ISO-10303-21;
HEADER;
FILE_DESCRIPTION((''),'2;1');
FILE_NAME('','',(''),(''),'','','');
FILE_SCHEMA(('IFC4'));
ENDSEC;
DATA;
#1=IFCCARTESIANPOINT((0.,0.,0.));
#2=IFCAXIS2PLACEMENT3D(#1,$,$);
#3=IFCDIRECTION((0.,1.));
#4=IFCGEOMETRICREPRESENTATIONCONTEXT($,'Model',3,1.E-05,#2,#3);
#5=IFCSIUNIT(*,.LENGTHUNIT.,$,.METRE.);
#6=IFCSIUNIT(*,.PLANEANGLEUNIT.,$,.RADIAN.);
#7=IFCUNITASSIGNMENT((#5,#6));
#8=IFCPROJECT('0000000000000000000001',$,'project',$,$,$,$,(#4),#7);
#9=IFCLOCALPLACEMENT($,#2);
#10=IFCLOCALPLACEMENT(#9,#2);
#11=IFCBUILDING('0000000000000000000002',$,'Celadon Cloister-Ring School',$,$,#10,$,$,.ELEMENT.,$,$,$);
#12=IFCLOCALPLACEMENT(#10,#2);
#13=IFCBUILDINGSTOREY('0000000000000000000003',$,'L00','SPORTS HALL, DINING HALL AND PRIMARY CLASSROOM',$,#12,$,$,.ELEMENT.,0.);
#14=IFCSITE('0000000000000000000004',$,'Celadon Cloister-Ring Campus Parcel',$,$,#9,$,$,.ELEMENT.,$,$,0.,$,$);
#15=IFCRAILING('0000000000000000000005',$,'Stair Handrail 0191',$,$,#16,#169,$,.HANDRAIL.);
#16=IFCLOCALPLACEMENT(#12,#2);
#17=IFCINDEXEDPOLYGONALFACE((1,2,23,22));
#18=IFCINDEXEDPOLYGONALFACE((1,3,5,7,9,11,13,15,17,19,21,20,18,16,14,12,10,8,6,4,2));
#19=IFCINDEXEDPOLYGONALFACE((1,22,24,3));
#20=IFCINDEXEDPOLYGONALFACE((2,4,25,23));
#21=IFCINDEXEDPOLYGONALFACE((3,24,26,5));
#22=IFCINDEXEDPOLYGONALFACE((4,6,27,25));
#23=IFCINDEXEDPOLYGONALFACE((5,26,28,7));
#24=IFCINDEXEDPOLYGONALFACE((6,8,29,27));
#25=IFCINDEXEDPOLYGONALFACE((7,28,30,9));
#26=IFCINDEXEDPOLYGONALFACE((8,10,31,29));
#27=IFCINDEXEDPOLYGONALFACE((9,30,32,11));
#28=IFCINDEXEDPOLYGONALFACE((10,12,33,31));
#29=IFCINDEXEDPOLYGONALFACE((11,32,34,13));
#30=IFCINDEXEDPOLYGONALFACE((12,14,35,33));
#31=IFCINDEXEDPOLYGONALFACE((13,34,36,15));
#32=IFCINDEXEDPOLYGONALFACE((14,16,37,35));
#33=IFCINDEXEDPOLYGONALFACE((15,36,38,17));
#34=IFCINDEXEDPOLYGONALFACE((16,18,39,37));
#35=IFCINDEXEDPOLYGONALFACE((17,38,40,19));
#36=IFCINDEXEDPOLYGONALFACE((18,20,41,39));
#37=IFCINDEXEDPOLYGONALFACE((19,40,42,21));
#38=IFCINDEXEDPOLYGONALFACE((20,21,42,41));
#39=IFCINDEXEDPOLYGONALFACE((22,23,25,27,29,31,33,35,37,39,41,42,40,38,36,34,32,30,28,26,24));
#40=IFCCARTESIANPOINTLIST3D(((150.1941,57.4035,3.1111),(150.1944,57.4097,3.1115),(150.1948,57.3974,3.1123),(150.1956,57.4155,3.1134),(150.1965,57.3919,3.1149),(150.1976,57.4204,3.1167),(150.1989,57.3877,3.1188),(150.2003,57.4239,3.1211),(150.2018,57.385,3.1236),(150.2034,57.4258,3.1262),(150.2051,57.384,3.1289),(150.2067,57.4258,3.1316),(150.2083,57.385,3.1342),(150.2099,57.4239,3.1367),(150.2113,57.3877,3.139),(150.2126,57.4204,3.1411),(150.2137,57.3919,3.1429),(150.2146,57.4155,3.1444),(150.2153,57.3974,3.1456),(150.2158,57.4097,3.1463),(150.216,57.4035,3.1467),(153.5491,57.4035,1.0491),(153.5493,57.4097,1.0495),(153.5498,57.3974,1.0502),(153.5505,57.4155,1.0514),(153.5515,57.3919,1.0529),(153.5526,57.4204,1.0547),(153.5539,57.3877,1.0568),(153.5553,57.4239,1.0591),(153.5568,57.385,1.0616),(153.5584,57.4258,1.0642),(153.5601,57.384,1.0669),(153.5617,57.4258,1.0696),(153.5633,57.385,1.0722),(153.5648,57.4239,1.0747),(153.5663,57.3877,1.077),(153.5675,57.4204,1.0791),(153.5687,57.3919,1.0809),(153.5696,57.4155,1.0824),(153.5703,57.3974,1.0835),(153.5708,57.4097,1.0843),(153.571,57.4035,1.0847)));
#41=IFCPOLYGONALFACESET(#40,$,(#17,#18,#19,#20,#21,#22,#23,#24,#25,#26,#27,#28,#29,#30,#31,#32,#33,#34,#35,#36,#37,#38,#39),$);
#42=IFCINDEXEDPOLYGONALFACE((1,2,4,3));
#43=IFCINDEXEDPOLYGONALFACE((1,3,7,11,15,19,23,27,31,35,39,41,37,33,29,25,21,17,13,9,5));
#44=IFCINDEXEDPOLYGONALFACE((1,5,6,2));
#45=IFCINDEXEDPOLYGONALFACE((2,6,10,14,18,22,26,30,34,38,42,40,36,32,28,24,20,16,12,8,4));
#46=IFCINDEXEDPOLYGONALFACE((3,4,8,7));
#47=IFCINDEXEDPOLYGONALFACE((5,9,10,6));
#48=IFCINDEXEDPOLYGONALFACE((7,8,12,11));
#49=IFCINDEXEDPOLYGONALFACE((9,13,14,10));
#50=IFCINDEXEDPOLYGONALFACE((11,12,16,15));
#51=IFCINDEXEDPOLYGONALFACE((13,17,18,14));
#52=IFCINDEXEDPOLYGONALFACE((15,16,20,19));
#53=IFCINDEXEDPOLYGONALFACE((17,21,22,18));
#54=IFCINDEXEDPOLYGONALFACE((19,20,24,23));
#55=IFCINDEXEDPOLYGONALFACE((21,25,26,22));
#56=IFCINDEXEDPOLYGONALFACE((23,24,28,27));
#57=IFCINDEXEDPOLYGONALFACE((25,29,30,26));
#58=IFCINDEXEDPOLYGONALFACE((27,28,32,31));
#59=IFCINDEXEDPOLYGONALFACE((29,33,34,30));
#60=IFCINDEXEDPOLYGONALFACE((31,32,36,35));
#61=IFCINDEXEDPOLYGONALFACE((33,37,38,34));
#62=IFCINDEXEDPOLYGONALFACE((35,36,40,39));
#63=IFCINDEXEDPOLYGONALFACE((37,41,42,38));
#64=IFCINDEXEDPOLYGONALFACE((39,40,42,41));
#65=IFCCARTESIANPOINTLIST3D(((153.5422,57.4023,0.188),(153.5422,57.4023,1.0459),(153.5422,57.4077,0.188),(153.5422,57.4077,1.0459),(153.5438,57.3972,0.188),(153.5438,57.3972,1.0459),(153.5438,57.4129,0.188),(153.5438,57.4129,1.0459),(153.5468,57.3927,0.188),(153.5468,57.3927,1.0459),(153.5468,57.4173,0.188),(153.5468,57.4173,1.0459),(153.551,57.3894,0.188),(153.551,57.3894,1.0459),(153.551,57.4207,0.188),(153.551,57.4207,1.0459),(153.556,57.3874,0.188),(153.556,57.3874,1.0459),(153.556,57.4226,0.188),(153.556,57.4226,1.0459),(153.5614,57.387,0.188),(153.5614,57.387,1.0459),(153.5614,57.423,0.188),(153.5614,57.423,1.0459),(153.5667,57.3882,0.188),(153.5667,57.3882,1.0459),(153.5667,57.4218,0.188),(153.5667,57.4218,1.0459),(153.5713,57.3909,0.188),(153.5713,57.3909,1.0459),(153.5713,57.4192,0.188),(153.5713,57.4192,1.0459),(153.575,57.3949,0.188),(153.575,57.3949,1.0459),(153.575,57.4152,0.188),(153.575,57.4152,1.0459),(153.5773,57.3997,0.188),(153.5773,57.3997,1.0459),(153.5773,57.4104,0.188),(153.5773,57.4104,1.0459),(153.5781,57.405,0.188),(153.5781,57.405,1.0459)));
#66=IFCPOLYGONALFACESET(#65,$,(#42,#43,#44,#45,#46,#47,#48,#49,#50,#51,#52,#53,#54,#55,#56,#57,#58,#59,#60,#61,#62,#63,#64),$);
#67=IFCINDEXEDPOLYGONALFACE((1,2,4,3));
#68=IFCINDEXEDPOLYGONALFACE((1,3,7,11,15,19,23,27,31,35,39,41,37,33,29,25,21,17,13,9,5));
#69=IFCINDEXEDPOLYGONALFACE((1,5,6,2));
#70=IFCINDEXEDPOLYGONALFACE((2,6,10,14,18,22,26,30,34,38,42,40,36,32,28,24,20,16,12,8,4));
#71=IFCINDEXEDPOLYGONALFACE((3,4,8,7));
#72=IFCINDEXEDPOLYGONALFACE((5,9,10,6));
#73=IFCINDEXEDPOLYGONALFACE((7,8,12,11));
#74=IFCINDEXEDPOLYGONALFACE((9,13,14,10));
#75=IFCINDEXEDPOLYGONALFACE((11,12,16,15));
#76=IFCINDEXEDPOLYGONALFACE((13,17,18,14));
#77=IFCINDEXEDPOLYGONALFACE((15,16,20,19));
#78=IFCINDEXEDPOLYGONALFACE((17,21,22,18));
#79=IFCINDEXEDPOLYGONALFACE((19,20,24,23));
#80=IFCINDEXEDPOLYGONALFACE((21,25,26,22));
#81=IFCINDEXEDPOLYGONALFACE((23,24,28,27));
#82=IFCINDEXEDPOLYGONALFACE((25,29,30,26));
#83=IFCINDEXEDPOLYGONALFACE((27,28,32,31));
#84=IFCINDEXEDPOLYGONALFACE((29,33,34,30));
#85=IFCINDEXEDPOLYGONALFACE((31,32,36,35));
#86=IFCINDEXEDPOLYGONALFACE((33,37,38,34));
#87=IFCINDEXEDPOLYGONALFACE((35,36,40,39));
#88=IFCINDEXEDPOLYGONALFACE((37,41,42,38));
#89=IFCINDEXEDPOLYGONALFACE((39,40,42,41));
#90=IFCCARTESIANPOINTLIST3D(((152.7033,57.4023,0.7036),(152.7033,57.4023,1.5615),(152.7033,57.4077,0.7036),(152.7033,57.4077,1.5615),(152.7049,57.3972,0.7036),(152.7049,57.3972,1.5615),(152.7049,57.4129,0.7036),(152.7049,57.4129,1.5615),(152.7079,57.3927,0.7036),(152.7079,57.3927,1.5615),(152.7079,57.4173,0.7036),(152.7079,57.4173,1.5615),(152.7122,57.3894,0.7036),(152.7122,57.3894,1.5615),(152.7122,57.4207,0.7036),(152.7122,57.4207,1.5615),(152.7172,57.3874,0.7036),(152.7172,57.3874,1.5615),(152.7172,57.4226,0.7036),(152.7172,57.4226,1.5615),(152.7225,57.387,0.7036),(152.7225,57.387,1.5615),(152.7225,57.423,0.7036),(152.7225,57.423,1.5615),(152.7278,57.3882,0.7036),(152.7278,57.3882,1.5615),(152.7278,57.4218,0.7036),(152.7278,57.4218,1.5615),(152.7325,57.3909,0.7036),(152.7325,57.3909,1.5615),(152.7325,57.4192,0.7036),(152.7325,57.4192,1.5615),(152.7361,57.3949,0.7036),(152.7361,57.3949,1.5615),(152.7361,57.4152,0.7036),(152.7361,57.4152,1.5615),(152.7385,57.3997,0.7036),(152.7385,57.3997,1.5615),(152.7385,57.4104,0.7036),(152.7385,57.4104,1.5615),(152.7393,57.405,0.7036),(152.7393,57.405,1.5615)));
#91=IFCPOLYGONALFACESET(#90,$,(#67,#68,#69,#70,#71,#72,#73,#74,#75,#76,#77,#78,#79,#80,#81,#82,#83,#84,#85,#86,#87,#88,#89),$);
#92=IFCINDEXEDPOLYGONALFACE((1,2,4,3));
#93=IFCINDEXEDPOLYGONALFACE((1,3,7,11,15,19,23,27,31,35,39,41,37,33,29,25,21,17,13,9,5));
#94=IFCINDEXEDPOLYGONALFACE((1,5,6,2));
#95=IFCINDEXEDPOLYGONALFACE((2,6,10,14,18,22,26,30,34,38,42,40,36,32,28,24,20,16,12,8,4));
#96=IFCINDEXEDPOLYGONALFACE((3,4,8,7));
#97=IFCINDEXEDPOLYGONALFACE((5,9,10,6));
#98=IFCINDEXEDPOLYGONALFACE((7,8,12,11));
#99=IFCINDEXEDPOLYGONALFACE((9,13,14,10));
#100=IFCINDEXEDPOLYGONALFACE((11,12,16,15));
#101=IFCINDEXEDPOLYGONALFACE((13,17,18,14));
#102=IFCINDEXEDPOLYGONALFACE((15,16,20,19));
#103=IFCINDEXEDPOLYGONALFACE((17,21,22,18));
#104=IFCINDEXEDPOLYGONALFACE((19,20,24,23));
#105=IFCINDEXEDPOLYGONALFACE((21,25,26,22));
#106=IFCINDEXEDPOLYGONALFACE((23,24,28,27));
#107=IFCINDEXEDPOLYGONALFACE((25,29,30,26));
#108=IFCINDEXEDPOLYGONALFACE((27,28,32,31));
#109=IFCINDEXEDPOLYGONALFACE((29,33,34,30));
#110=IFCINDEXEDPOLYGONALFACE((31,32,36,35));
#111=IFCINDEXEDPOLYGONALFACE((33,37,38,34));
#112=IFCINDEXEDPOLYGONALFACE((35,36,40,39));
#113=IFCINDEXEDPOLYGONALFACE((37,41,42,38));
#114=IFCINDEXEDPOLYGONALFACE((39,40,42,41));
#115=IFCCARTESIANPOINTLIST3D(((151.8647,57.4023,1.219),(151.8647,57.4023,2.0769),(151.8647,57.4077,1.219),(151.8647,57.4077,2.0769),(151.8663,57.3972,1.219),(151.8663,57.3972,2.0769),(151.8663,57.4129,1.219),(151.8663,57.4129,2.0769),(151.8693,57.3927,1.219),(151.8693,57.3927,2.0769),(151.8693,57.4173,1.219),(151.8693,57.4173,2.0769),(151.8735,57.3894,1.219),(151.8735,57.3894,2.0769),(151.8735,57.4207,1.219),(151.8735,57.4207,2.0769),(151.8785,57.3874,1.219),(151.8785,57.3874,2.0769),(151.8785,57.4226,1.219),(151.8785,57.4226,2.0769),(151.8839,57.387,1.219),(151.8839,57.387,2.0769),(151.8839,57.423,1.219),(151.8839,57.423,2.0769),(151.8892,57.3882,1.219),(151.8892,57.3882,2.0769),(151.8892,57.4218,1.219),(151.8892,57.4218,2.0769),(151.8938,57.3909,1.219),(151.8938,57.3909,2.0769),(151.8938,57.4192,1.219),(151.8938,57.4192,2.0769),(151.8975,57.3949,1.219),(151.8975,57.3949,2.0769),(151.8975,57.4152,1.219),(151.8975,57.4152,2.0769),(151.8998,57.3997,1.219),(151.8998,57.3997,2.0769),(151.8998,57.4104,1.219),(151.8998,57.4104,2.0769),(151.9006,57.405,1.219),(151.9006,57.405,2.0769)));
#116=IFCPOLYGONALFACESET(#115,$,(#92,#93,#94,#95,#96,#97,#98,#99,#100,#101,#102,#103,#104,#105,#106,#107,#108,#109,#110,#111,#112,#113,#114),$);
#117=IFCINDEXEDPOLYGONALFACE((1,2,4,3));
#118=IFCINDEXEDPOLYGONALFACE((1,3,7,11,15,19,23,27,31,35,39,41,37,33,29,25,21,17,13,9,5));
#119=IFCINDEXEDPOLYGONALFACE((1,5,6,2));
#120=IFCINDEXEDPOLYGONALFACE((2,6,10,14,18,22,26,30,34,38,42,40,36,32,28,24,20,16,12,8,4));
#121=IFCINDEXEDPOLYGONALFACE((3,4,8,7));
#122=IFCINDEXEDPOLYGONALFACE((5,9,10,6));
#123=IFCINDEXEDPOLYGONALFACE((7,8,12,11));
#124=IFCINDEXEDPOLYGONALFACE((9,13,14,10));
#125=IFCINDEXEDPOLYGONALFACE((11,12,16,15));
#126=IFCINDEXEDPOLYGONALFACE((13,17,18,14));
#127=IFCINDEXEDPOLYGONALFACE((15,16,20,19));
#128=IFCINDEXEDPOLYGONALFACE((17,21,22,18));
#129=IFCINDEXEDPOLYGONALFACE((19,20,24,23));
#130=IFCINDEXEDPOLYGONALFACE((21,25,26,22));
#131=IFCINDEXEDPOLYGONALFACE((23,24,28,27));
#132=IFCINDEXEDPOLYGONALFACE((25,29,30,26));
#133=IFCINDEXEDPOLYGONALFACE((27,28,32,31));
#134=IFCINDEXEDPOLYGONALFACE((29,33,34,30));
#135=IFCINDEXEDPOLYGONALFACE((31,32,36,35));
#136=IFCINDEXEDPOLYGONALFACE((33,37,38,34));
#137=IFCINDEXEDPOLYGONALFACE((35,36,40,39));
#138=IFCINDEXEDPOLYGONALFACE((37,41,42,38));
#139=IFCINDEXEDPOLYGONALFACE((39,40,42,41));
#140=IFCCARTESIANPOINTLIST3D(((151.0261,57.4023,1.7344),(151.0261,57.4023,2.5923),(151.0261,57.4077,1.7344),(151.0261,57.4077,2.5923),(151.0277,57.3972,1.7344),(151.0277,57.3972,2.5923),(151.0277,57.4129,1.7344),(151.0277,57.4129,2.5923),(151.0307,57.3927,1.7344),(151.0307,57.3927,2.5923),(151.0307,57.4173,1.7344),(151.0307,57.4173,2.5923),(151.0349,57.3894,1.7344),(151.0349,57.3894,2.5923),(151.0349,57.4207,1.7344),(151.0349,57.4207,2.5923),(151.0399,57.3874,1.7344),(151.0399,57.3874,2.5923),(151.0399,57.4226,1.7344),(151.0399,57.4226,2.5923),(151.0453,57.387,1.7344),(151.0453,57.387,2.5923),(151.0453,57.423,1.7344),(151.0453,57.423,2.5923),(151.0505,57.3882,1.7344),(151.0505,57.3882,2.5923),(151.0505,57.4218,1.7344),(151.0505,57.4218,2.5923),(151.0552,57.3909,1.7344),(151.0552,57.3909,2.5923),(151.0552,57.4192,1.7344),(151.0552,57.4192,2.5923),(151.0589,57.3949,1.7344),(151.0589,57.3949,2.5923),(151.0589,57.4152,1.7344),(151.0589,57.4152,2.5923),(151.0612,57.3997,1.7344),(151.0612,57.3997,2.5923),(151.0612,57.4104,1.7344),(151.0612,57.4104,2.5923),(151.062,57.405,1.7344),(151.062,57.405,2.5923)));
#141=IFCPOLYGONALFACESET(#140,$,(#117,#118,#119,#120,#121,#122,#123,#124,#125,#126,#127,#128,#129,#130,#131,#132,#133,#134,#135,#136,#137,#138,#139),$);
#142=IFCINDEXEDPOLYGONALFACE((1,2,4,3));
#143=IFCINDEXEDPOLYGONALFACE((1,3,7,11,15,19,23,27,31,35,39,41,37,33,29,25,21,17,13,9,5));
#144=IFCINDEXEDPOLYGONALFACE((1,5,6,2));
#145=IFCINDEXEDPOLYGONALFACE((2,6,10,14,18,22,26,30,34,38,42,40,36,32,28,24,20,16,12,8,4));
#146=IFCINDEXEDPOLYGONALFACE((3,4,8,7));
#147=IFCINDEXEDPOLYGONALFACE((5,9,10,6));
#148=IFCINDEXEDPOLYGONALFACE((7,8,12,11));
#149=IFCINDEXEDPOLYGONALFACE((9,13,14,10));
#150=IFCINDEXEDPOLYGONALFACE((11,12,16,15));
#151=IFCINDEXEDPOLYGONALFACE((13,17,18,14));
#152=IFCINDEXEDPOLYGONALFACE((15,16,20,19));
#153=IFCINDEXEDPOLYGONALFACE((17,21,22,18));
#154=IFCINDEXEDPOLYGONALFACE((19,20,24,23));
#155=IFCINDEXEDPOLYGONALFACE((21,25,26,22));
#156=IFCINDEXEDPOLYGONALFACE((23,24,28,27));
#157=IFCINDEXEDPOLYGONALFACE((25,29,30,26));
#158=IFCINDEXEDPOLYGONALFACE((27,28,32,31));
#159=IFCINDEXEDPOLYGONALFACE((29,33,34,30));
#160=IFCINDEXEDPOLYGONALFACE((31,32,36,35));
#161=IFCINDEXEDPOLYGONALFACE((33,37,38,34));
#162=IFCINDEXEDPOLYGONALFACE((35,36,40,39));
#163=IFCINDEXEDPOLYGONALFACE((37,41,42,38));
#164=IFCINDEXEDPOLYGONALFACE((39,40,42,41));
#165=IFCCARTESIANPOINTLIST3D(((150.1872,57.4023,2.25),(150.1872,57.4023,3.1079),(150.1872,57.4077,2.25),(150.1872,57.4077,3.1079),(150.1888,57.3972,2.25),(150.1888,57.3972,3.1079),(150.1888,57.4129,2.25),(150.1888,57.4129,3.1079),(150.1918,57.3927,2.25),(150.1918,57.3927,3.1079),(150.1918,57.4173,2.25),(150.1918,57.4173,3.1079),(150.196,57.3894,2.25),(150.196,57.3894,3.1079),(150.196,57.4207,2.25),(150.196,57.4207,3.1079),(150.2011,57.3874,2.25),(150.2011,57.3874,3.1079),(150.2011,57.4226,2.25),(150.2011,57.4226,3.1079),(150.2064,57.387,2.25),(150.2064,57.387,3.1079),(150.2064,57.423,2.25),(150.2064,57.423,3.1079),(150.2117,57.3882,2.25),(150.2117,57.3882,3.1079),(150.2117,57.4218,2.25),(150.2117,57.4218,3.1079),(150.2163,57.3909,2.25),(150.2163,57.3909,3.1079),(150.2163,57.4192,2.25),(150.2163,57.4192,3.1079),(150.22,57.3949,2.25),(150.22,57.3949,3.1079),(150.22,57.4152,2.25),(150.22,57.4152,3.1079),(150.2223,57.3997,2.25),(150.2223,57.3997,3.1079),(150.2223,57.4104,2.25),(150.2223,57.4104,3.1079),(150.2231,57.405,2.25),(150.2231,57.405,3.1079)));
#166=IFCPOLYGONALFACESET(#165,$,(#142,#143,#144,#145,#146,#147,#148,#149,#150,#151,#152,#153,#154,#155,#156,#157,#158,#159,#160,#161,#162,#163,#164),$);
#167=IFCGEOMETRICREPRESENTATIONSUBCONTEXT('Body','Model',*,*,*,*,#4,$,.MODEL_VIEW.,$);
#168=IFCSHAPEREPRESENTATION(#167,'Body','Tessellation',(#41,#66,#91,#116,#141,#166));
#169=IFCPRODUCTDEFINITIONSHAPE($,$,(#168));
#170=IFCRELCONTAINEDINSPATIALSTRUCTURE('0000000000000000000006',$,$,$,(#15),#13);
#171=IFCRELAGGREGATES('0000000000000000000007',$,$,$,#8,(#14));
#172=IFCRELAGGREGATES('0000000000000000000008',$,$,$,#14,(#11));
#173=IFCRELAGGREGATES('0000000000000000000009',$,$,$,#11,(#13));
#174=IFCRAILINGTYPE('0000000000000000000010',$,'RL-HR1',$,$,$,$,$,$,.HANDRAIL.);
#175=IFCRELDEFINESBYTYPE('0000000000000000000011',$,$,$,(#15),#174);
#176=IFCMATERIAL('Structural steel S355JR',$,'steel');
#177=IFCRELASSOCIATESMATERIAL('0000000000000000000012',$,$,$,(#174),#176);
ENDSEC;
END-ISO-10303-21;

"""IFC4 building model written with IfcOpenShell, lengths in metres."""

from ifc_helpers import new_model, si_unit, direction, frame, origin, origin_2d, place, context, subcontext, project, spatial, circle, extrude, material, type_object, element, save


model = new_model("IFC4")

# Units and contexts
model_context = context("Model", 3, precision=1e-05, world=origin(), true_north=direction((0.0, 1.0)))
body_context = subcontext(model_context, "Body", "Model", "MODEL_VIEW")
ifc_project = project(units=[si_unit("LENGTHUNIT", "METRE"), si_unit("PLANEANGLEUNIT", "RADIAN")], contexts=[model_context])

# Site, building, storey
site_placement = place(None, origin())
site = spatial("IfcSite", under=ifc_project, at=site_placement, Name="Celadon Cloister-Ring Campus Parcel", CompositionType="ELEMENT", RefElevation=0.0)
building_placement = place(site_placement, origin())
building = spatial("IfcBuilding", under=site, at=building_placement, Name="Celadon Cloister-Ring School", CompositionType="ELEMENT")
storey_placement = place(building_placement, origin())
storey = spatial("IfcBuildingStorey", under=building, at=storey_placement, Name="L00", Description="SPORTS HALL, DINING HALL AND PRIMARY CLASSROOM", CompositionType="ELEMENT", Elevation=0.0)

# Railing
ifc_material_1 = material(Name="Structural steel S355JR", Category="steel")
railing_type_1 = type_object("IfcRailingType", Name="RL-HR1", PredefinedType="HANDRAIL", material=ifc_material_1)
for number, where, name in (
    (1, (153.5601, 57.405, 0.188), "Stair Handrail 0191"),
):
    element("IfcRailing", number, at=place(storey_placement, frame(where)), inside=storey, type_object=railing_type_1, Name=name, PredefinedType="HANDRAIL", context=body_context, shape_type="SweptSolid", body=[
        extrude(circle(Radius=0.021, at=origin_2d()), frame((0.0, 0.0, 0.8789), z_axis=(-0.851952, 0.0, 0.52362), x_axis=(0.0, -1.0, 0.0)), (0.0, 0.0, 1.0), 3.938),
        extrude(circle(Radius=0.0181, at=origin_2d()), origin(), (0.0, 0.0, 1.0), 0.8579),
        extrude(circle(Radius=0.0181, at=origin_2d()), frame((-0.8389, 0.0, 0.5156)), (0.0, 0.0, 1.0), 0.8579),
        extrude(circle(Radius=0.0181, at=origin_2d()), frame((-1.6775, 0.0, 1.031)), (0.0, 0.0, 1.0), 0.8579),
        extrude(circle(Radius=0.0181, at=origin_2d()), frame((-2.5161, 0.0, 1.5464)), (0.0, 0.0, 1.0), 0.8579),
        extrude(circle(Radius=0.0181, at=origin_2d()), frame((-3.355, 0.0, 2.062)), (0.0, 0.0, 1.0), 0.8579),
    ])

save(model, "model.ifc")
